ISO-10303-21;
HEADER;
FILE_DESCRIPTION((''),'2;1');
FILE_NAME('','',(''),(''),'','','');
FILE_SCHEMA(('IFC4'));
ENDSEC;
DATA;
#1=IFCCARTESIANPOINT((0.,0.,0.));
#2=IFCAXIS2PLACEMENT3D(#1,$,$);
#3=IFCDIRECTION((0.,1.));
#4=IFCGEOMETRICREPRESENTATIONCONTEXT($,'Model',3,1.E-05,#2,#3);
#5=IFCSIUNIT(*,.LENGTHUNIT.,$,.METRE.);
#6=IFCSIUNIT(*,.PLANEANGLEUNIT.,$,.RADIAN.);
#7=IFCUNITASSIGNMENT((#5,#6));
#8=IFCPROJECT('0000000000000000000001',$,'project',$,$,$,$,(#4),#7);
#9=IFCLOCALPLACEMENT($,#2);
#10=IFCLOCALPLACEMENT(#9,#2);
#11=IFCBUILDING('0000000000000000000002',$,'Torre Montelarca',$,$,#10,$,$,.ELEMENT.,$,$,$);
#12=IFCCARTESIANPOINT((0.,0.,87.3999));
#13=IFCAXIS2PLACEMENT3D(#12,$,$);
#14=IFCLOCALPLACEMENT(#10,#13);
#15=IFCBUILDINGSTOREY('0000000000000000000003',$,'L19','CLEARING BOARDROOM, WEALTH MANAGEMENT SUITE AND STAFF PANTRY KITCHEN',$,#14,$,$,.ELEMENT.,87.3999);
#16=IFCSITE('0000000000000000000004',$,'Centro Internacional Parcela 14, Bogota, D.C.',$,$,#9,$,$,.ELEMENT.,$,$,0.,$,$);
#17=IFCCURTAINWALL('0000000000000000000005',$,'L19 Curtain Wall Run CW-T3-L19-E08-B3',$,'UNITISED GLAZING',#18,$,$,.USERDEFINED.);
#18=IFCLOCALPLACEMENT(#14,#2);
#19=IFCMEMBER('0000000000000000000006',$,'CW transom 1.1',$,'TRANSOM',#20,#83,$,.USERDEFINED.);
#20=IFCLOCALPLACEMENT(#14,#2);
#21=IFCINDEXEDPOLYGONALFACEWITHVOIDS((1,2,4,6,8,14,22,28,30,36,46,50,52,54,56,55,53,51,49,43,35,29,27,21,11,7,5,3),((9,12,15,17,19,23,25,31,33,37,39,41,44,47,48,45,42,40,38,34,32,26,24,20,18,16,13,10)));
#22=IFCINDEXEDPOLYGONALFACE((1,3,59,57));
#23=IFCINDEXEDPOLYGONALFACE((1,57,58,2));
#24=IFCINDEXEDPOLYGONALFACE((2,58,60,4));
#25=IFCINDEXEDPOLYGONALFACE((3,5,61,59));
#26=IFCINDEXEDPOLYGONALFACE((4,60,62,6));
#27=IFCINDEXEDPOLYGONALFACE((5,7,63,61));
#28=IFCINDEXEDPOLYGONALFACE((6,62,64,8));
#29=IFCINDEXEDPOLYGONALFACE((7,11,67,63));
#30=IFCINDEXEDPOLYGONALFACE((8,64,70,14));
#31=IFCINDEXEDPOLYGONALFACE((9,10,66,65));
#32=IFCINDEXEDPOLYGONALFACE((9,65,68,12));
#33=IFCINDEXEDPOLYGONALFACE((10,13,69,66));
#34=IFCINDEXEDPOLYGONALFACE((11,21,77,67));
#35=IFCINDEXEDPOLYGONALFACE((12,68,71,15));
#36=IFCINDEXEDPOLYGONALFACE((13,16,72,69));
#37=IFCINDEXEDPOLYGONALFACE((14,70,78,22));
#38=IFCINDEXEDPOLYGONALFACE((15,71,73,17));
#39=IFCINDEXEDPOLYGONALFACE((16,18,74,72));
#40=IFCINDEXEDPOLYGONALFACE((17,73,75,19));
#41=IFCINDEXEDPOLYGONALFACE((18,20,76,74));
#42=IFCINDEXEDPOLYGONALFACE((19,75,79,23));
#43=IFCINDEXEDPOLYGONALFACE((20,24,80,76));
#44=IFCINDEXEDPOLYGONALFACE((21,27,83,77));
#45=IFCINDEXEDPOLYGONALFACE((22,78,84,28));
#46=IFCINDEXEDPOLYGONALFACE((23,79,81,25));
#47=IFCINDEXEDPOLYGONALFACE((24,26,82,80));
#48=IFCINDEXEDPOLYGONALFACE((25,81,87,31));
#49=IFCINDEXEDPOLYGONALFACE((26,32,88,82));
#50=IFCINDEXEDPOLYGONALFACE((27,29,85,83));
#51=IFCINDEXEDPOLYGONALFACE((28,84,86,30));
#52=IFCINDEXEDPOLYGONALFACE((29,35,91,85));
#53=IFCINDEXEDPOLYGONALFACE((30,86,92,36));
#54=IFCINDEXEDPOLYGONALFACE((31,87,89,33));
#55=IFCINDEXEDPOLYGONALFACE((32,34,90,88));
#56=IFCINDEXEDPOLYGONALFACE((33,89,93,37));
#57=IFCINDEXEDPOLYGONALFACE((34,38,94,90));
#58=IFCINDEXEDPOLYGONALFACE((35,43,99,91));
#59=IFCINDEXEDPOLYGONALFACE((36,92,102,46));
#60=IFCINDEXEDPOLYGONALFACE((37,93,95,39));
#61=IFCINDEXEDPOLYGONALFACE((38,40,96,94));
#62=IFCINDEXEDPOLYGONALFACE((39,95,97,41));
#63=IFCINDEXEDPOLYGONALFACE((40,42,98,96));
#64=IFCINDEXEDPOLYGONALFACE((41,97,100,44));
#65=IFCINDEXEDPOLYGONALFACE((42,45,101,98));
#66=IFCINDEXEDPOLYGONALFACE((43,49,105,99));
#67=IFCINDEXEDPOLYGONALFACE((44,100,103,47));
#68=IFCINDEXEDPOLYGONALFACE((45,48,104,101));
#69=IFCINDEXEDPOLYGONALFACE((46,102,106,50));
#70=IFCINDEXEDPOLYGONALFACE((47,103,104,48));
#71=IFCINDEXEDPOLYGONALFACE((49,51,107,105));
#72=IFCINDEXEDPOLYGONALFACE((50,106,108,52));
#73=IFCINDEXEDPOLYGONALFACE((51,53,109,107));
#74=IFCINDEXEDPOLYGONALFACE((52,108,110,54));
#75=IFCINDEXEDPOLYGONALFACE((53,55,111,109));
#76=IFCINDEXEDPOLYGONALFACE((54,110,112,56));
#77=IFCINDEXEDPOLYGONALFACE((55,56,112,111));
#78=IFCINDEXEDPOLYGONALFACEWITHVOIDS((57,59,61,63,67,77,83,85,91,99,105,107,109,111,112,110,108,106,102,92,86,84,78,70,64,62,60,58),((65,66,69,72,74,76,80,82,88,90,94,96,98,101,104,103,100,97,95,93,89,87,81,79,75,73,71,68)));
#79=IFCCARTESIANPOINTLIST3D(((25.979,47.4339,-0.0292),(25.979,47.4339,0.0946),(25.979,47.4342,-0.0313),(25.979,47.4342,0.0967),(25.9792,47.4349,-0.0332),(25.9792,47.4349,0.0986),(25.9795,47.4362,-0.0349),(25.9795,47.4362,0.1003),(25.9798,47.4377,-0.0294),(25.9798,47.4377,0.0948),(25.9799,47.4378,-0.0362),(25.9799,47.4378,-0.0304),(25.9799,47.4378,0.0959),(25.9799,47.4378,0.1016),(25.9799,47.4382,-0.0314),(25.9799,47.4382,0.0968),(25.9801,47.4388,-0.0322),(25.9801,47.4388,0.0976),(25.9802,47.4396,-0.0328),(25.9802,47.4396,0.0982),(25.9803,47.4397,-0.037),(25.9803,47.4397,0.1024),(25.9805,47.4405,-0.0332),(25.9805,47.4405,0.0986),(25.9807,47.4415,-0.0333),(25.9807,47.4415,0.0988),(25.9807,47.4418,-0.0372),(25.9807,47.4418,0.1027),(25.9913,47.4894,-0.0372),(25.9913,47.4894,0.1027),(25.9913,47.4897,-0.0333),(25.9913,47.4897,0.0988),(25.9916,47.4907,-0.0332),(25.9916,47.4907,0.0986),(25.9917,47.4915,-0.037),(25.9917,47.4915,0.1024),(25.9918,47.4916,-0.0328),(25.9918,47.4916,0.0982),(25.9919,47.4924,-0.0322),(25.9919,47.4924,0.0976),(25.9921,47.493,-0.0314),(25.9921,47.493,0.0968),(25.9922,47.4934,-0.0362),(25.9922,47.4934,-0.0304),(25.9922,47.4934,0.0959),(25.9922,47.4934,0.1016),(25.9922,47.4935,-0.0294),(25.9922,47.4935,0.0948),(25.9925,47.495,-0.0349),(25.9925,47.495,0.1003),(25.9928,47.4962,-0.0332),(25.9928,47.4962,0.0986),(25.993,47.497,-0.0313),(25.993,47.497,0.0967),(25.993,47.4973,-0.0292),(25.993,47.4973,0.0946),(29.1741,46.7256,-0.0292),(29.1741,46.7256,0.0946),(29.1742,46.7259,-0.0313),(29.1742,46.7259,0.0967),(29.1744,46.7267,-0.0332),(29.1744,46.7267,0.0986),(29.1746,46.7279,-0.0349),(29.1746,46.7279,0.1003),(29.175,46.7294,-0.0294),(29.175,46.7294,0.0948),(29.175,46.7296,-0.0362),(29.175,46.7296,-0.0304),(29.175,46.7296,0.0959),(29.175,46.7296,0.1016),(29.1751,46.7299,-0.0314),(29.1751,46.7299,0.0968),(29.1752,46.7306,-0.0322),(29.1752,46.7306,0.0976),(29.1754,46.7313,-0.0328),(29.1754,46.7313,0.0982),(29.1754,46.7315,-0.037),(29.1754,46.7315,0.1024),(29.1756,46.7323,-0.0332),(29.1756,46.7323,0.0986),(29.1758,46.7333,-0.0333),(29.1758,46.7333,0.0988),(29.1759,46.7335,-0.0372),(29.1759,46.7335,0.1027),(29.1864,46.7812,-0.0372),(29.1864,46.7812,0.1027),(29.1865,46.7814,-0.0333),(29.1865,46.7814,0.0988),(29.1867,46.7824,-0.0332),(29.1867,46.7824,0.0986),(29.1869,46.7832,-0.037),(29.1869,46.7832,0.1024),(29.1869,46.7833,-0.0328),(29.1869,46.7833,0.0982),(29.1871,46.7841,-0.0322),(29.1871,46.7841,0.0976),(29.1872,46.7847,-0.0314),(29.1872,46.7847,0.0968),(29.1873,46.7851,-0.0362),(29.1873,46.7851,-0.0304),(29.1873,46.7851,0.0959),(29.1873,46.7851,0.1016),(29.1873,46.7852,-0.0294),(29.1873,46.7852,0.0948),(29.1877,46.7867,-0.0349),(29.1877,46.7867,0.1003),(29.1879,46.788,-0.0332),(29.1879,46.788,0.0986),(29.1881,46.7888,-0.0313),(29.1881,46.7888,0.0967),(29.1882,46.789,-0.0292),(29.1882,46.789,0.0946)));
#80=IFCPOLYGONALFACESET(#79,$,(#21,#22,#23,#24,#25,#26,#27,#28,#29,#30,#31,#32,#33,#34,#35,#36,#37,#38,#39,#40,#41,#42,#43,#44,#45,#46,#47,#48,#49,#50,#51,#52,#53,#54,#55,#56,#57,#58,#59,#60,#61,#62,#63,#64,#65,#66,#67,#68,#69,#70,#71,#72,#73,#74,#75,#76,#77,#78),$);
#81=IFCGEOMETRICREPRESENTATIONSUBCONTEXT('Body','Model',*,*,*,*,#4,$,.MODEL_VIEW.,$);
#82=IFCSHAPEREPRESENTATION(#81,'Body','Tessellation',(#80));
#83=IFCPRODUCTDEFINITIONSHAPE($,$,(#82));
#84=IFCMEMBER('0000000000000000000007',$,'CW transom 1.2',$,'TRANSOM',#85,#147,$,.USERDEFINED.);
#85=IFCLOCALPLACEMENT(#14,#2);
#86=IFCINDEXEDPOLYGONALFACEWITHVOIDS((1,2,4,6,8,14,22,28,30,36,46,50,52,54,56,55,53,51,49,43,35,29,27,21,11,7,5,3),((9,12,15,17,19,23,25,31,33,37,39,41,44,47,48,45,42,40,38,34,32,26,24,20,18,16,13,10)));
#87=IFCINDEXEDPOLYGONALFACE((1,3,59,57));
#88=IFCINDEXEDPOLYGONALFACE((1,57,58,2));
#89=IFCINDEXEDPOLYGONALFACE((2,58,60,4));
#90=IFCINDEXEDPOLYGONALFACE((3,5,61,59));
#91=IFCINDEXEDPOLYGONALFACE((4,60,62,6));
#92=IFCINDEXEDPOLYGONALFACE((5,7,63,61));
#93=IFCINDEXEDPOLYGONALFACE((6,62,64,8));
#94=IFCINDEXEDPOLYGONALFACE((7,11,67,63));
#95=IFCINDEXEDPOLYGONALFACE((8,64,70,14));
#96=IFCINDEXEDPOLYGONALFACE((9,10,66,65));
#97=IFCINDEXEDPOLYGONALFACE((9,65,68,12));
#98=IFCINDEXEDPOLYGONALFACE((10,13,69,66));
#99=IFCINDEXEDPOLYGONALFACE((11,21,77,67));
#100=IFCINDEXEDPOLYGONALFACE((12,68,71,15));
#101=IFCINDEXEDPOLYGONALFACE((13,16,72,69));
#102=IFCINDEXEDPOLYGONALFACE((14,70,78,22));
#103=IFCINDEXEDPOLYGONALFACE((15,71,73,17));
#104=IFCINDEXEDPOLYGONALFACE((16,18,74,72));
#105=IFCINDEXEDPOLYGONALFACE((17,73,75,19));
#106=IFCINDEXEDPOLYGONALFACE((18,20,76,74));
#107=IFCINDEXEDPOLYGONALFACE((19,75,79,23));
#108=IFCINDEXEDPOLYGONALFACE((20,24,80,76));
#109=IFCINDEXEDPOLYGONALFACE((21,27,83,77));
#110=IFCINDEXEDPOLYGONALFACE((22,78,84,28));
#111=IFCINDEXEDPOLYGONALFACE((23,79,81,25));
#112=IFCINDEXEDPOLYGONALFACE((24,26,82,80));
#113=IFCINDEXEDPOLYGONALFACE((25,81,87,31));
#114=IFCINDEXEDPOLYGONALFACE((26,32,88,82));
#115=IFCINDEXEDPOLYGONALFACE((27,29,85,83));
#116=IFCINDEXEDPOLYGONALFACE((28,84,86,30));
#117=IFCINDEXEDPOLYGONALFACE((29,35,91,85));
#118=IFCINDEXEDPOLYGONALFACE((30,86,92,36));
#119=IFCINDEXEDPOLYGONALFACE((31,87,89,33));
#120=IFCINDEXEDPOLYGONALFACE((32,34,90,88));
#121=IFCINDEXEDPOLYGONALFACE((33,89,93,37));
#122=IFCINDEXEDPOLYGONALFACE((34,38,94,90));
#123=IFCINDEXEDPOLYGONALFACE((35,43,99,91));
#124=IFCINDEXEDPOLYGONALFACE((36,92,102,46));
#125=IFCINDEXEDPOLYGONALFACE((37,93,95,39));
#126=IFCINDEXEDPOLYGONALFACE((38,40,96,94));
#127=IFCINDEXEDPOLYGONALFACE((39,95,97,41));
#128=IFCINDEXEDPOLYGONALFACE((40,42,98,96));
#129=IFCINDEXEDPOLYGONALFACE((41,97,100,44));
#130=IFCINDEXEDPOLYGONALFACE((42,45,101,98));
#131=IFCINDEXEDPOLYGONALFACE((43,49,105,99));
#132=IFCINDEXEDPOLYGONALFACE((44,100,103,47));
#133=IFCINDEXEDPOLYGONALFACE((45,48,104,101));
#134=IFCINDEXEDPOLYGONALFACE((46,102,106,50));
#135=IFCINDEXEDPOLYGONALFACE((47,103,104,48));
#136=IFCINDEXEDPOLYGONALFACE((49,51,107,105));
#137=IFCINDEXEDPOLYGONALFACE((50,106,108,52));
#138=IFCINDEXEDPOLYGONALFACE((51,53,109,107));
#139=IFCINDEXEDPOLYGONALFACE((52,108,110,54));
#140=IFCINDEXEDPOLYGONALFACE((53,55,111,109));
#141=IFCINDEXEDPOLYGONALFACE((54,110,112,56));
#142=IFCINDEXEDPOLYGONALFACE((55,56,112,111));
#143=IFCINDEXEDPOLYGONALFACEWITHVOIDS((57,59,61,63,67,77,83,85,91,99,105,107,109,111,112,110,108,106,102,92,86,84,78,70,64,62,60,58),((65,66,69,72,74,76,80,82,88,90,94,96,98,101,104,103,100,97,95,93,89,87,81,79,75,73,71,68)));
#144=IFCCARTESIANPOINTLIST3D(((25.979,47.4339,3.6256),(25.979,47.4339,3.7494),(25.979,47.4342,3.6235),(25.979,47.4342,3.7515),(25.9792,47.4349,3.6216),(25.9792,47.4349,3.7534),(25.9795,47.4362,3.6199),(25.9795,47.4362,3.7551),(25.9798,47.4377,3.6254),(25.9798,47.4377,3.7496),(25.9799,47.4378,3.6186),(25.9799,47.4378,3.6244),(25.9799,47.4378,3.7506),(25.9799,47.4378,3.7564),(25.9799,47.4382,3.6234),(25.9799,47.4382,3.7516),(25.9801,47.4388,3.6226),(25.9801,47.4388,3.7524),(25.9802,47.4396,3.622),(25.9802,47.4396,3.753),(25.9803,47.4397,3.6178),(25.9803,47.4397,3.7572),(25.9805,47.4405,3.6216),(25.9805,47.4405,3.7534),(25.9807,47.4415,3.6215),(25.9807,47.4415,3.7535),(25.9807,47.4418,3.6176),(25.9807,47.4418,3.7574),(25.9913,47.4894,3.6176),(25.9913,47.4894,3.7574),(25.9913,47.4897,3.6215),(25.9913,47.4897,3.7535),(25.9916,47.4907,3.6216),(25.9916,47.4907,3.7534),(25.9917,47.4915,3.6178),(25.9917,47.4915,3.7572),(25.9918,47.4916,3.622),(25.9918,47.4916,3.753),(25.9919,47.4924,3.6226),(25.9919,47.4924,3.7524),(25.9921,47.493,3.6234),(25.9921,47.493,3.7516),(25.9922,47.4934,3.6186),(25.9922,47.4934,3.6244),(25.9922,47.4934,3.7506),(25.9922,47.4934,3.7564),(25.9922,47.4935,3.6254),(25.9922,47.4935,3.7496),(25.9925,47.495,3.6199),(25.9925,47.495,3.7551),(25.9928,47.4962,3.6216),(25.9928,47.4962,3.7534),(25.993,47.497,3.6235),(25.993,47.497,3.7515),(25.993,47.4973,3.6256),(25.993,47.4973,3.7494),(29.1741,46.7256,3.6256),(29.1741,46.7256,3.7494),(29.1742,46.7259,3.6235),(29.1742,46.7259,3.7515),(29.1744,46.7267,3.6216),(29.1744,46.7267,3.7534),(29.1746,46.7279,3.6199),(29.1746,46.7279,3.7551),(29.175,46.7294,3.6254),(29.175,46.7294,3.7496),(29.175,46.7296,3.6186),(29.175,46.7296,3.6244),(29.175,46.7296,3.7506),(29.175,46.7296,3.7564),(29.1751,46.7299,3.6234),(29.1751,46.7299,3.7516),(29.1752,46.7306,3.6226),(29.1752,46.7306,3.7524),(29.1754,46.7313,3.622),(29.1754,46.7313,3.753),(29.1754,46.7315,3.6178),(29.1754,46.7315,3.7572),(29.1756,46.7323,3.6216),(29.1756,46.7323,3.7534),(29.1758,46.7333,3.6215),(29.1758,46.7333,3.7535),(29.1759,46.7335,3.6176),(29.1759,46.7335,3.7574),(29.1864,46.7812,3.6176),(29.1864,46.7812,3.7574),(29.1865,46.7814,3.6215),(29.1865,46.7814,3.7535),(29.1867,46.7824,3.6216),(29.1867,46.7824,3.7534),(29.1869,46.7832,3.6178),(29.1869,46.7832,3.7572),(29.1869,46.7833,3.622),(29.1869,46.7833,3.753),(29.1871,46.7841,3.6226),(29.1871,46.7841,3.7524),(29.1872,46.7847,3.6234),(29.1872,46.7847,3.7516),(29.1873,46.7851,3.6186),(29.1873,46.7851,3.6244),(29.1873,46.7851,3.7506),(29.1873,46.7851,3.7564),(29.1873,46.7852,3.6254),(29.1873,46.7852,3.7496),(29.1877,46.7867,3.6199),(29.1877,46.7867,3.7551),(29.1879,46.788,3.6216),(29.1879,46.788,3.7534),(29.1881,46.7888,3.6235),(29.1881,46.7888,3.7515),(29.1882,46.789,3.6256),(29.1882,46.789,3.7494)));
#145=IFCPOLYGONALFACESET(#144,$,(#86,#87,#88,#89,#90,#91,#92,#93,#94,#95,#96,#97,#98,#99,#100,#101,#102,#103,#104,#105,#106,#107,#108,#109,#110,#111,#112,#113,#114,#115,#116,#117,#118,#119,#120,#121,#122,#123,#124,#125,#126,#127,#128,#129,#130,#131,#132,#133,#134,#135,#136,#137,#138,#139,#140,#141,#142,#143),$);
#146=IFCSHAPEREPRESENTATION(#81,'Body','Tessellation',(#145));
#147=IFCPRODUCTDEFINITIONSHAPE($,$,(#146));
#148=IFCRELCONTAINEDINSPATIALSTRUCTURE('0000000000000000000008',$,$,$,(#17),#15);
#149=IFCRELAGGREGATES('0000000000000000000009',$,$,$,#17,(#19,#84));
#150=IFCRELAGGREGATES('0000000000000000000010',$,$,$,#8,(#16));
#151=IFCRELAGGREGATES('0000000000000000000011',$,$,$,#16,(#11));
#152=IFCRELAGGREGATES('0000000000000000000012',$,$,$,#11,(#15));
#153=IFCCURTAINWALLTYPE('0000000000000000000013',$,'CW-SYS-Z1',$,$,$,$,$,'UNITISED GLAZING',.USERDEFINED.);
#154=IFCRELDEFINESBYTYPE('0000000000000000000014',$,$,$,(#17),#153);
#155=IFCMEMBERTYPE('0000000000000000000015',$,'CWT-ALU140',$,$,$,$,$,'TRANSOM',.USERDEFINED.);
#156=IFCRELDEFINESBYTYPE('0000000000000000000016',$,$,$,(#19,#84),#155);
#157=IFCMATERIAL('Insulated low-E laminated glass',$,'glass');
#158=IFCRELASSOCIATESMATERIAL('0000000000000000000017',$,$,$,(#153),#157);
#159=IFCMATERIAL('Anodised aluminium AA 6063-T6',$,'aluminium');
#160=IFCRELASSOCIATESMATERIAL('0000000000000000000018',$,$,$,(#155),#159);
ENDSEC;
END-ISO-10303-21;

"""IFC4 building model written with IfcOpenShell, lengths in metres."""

from ifc_helpers import new_model, si_unit, direction, frame, origin, origin_2d, place, context, subcontext, project, spatial, hollow_rectangle, extrude, source, transform, mapped, material, material_profile, profile_set, type_object, element, aggregate, save


model = new_model("IFC4")

# Units and contexts
model_context = context("Model", 3, precision=1e-05, world=origin(), true_north=direction((0.0, 1.0)))
body_context = subcontext(model_context, "Body", "Model", "MODEL_VIEW")
ifc_project = project(units=[si_unit("LENGTHUNIT", "METRE"), si_unit("PLANEANGLEUNIT", "RADIAN")], contexts=[model_context])

# Site, building, storey
site_placement = place(None, origin())
site = spatial("IfcSite", under=ifc_project, at=site_placement, Name="Centro Internacional Parcela 14, Bogota, D.C.", CompositionType="ELEMENT", RefElevation=0.0)
building_placement = place(site_placement, origin())
building = spatial("IfcBuilding", under=site, at=building_placement, Name="Torre Montelarca", CompositionType="ELEMENT")
storey_placement = place(building_placement, frame((0.0, 0.0, 87.3999)))
storey = spatial("IfcBuildingStorey", under=building, at=storey_placement, Name="L19", Description="CLEARING BOARDROOM, WEALTH MANAGEMENT SUITE AND STAFF PANTRY KITCHEN", CompositionType="ELEMENT", Elevation=87.3999)

# Curtain wall, members
ifc_material_1 = material(Name="Insulated low-E laminated glass", Category="glass")
curtain_wall_type = type_object("IfcCurtainWallType", Name="CW-SYS-Z1", ElementType="UNITISED GLAZING", PredefinedType="USERDEFINED", material=ifc_material_1)
ifc_material_2 = material(Name="Anodised aluminium AA 6063-T6", Category="aluminium")
ifc_material_profile_1 = material_profile(ifc_material_2, hollow_rectangle(XDim=0.0649, YDim=0.1399, WallThickness=0.0039, InnerFilletRadius=0.0039, OuterFilletRadius=0.0081, at=origin_2d()), Name="ALU65X140X4", Category="aluminium")
ifc_profile_set_1 = profile_set([ifc_material_profile_1], Name="Anodised aluminium AA 6063-T6")
member_type_1 = type_object("IfcMemberType", Name="CWT-ALU140", ElementType="TRANSOM", PredefinedType="USERDEFINED", material=ifc_profile_set_1)
shared_shape_1 = source(origin(), body_context, "Body", "SweptSolid", [
    extrude(hollow_rectangle(XDim=0.0649, YDim=0.1399, WallThickness=0.0039, InnerFilletRadius=0.0039, OuterFilletRadius=0.0081, at=origin_2d()), origin(), (0.0, 0.0, 1.0), 3.2727),
])
curtain_wall_1_placement = place(storey_placement, origin())
curtain_wall_1 = element("IfcCurtainWall", 1, at=curtain_wall_1_placement, inside=storey, type_object=curtain_wall_type, Name="L19 Curtain Wall Run CW-T3-L19-E08-B3", ObjectType="UNITISED GLAZING", PredefinedType="USERDEFINED")
member_1_placement = place(storey_placement, frame((29.1812, 46.7573, 0.0327), z_axis=(-0.976301, 0.216417, 0.0), x_axis=(-0.216417, -0.976301, 0.0)))
member_1 = element("IfcMember", 2, at=member_1_placement, type_object=member_type_1, Name="CW transom 1.1", ObjectType="TRANSOM", PredefinedType="USERDEFINED", context=body_context, shape_type="MappedRepresentation", body=[
    mapped(shared_shape_1, transform((0.0, 0.0, 0.0), scale=1.0)),
])
member_2_placement = place(storey_placement, frame((29.1812, 46.7573, 3.6875), z_axis=(-0.976301, 0.216417, 0.0), x_axis=(-0.216417, -0.976301, 0.0)))
member_2 = element("IfcMember", 3, at=member_2_placement, type_object=member_type_1, Name="CW transom 1.2", ObjectType="TRANSOM", PredefinedType="USERDEFINED", context=body_context, shape_type="MappedRepresentation", body=[
    mapped(shared_shape_1, transform((0.0, 0.0, 0.0), scale=1.0)),
])

aggregate(curtain_wall_1, [member_1, member_2])

save(model, "model.ifc")
